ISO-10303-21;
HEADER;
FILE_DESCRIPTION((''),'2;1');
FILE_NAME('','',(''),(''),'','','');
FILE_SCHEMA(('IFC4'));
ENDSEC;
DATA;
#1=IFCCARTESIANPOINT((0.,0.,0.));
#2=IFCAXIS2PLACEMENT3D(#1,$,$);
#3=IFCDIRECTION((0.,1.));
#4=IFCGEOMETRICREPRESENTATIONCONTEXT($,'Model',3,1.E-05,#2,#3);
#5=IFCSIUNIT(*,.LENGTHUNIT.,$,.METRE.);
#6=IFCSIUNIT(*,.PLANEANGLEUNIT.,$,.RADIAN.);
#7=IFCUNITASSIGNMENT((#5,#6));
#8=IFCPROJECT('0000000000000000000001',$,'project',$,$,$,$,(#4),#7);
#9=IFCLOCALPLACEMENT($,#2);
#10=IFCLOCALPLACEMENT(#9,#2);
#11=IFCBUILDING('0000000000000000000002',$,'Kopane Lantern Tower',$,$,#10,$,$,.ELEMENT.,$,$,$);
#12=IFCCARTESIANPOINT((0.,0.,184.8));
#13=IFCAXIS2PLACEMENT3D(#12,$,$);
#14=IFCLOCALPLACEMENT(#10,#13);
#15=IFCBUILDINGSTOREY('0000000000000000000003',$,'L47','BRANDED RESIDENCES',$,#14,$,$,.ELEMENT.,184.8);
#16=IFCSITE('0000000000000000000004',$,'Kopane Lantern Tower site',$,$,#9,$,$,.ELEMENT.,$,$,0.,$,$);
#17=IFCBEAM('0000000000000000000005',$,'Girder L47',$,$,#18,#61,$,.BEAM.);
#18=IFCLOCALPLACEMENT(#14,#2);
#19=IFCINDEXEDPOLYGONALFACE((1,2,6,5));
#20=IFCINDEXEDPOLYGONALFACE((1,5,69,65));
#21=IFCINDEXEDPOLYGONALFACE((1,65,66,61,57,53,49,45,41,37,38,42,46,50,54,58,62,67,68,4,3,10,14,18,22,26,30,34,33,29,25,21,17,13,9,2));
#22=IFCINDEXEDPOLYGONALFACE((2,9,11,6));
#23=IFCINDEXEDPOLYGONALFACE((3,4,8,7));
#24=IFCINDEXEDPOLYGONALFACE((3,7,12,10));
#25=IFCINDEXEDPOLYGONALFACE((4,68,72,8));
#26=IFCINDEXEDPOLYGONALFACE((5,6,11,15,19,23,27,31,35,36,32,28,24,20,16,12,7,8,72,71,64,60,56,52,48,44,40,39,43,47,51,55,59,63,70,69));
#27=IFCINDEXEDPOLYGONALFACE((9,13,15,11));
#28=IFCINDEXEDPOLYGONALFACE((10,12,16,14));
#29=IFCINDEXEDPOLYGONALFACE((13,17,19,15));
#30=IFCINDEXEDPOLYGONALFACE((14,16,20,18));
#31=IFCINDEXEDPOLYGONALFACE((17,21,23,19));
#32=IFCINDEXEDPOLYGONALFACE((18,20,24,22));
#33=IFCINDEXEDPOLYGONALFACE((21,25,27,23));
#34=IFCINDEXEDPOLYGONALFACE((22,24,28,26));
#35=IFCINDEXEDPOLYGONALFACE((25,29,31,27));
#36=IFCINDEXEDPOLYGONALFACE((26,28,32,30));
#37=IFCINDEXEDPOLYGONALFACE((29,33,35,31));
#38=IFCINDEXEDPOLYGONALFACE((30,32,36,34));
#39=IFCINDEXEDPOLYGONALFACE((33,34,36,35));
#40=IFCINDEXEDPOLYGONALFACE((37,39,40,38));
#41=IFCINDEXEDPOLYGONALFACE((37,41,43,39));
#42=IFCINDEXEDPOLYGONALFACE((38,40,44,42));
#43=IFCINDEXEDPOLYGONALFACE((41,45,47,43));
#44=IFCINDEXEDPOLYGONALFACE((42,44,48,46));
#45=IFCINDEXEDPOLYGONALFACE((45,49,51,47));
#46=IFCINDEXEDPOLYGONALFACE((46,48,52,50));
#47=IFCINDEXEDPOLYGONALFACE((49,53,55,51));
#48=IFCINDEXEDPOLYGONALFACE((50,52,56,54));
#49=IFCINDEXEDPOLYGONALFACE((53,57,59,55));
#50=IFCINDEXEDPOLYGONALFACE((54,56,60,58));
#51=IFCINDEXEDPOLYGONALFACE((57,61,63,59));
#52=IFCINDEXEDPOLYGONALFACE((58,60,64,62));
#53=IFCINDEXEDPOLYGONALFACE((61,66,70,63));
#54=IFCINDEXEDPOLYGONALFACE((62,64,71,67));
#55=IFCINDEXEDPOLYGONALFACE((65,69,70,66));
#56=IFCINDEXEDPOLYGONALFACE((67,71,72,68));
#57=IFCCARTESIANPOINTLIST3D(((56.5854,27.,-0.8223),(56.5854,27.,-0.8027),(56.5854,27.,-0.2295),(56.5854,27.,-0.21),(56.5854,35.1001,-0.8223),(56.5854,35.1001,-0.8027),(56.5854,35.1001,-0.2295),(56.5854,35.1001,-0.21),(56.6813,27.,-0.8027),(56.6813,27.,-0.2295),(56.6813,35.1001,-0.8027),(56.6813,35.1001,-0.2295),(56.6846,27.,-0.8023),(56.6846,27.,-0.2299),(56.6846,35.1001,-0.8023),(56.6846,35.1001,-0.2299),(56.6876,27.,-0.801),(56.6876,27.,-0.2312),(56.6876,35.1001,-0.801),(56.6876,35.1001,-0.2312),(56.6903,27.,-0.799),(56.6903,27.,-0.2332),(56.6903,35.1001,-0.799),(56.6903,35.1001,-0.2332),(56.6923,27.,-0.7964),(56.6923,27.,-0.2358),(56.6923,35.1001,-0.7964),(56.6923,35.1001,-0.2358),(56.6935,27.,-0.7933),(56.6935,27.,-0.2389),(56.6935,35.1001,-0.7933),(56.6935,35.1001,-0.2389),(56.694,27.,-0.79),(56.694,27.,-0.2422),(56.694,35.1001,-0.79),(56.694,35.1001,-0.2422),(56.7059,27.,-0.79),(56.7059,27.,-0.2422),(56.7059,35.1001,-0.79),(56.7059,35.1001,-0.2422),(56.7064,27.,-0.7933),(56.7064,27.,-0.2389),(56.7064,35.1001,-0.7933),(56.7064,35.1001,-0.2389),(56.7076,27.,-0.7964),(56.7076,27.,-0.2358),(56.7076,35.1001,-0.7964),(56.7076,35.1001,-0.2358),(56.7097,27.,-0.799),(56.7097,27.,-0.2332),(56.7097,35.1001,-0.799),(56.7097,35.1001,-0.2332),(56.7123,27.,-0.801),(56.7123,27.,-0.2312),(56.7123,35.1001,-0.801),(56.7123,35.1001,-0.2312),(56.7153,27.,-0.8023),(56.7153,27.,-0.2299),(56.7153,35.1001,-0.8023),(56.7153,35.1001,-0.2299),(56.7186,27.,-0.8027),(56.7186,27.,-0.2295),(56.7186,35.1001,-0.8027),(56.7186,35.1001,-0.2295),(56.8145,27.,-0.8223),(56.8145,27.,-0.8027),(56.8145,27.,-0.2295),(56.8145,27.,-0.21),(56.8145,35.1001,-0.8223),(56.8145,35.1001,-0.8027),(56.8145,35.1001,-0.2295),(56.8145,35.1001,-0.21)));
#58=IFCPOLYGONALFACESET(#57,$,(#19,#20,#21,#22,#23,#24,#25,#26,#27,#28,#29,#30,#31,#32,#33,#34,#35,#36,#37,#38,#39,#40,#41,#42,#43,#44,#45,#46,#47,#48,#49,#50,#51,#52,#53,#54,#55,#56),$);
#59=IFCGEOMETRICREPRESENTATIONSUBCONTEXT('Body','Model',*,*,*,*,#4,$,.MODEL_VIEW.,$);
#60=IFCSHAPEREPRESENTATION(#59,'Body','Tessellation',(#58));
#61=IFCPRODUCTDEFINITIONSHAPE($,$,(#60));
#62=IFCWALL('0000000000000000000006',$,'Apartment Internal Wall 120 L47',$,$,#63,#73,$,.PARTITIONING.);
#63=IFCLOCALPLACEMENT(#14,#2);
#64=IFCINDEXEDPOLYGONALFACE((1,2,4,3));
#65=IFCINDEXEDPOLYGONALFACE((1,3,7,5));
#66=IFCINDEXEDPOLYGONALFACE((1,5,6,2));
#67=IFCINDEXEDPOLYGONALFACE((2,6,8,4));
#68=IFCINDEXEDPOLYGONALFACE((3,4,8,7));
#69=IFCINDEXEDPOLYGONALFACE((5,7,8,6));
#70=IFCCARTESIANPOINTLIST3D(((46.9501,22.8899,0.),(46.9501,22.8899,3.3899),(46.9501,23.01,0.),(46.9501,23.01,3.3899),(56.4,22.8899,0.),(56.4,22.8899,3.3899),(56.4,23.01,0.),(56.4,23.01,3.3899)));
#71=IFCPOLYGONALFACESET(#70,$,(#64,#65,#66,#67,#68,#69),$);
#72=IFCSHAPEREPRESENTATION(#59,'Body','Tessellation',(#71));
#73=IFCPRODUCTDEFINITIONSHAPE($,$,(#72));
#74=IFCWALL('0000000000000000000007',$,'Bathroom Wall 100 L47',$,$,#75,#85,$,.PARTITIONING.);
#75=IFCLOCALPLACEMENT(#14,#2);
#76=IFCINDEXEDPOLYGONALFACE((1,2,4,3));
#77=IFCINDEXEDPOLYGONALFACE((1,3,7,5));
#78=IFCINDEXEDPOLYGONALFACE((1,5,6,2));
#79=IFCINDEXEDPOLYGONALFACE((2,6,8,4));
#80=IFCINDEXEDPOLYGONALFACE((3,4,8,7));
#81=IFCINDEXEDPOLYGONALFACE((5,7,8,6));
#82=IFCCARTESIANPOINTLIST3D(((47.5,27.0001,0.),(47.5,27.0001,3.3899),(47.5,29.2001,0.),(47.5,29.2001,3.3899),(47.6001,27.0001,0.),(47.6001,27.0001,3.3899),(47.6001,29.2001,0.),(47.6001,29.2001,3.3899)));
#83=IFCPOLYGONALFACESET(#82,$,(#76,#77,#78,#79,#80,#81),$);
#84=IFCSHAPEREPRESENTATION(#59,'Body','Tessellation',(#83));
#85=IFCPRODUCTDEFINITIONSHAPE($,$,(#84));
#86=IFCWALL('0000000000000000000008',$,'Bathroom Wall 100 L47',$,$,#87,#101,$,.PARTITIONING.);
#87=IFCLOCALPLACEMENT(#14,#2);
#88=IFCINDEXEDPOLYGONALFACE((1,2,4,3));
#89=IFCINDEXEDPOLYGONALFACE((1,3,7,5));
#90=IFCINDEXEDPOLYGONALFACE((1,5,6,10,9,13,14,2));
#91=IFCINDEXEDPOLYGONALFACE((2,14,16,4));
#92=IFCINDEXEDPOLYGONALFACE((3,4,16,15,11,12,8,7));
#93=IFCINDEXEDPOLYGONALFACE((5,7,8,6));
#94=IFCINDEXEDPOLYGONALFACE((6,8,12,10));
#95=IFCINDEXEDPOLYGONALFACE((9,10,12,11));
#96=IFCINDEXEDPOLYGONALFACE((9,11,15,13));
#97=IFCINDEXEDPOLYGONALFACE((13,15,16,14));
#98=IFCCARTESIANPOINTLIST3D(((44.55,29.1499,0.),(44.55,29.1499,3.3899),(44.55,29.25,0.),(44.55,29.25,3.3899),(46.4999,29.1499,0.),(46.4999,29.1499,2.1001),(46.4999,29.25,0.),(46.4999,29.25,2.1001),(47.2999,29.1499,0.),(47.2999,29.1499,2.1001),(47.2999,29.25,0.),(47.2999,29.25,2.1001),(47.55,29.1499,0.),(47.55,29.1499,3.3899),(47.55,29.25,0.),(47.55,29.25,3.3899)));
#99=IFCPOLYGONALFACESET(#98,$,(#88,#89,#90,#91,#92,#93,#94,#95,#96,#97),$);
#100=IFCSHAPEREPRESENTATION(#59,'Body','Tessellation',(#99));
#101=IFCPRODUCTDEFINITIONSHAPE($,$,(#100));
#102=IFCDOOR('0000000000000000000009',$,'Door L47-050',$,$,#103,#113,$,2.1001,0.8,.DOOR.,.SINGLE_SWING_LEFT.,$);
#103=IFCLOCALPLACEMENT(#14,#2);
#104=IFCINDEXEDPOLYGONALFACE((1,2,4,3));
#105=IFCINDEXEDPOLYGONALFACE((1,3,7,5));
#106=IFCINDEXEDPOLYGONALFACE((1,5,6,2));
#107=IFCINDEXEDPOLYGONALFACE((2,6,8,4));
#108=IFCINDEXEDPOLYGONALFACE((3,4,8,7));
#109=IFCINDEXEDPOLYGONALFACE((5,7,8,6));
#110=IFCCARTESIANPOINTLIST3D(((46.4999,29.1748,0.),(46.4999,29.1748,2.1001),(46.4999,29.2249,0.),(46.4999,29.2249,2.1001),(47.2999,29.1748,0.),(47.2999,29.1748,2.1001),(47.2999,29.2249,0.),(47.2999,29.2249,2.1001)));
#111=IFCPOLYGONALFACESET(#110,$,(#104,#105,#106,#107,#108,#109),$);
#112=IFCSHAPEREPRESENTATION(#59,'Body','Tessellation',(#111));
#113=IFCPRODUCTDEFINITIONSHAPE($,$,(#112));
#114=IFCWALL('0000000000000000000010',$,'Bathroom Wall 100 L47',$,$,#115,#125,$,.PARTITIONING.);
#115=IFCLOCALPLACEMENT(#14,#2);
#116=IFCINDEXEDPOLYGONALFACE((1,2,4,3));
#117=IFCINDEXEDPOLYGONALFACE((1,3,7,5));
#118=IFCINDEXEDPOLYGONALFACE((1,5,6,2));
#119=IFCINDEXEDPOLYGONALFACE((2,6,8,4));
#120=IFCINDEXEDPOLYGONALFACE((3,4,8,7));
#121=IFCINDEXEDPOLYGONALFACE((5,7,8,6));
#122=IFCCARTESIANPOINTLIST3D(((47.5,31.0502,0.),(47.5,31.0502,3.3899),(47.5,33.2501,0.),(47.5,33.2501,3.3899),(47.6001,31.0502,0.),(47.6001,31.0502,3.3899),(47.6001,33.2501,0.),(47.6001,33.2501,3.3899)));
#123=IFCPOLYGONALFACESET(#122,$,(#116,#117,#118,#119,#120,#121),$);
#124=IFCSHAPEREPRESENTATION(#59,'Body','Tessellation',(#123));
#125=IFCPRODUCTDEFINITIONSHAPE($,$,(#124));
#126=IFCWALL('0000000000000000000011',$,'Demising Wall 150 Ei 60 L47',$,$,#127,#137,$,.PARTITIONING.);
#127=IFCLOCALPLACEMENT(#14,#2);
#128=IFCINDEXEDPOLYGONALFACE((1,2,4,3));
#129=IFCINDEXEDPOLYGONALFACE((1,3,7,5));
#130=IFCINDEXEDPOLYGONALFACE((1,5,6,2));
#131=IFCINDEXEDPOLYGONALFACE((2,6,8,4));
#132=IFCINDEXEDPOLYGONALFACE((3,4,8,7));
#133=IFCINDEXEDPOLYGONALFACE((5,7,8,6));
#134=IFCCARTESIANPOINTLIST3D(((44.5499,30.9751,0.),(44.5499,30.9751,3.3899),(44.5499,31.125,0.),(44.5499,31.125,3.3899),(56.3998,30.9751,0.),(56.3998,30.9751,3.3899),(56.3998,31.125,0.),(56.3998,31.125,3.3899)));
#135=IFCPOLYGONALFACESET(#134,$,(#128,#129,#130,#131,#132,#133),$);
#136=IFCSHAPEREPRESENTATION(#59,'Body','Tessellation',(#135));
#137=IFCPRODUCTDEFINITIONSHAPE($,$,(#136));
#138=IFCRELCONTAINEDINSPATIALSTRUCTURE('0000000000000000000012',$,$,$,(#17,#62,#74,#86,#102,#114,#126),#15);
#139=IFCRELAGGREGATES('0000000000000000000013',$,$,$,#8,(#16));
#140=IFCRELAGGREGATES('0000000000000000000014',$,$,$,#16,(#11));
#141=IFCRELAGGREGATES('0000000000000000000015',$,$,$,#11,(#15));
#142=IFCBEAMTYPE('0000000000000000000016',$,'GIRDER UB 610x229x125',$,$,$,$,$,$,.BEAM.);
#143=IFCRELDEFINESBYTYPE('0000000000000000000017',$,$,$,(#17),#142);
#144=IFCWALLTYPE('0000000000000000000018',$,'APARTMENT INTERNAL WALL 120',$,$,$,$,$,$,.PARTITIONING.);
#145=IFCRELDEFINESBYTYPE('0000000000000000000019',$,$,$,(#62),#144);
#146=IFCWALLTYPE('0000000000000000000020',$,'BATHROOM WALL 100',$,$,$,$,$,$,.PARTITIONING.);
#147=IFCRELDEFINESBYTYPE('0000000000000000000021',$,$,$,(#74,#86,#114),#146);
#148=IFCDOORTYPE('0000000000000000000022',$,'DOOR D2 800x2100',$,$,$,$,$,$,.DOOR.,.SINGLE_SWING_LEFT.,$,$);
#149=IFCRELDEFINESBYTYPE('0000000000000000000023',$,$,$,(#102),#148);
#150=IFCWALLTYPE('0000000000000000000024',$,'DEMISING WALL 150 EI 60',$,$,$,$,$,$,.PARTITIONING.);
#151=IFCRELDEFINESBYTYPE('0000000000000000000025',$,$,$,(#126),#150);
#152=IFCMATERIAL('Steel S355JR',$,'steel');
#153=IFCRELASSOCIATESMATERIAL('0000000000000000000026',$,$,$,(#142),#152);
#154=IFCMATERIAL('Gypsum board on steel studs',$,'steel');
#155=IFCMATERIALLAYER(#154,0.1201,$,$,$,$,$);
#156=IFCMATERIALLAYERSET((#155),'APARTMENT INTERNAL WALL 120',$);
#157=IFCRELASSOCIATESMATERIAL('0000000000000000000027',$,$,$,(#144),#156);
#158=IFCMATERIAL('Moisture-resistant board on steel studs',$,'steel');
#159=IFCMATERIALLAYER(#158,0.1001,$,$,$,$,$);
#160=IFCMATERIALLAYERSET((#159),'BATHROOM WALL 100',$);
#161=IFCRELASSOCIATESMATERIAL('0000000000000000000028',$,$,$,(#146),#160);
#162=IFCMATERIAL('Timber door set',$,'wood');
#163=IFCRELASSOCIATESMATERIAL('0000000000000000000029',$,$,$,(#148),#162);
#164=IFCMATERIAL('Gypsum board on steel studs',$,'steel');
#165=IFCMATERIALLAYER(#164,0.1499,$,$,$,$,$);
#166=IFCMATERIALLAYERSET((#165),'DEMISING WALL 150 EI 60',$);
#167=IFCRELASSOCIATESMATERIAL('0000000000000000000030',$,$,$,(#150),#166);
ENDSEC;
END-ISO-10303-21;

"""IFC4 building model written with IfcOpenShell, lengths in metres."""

from ifc_helpers import new_model, si_unit, direction, frame, frame_2d, origin, origin_2d, place, context, subcontext, project, spatial, rectangle, i_section, extrude, material, layer, layer_set, material_profile, profile_set, type_object, element, fill, save


model = new_model("IFC4")

# Units and contexts
model_context = context("Model", 3, precision=1e-05, world=origin(), true_north=direction((0.0, 1.0)))
body_context = subcontext(model_context, "Body", "Model", "MODEL_VIEW")
ifc_project = project(units=[si_unit("LENGTHUNIT", "METRE"), si_unit("PLANEANGLEUNIT", "RADIAN")], contexts=[model_context])

# Site, building, storey
site_placement = place(None, origin())
site = spatial("IfcSite", under=ifc_project, at=site_placement, Name="Kopane Lantern Tower site", CompositionType="ELEMENT", RefElevation=0.0)
building_placement = place(site_placement, origin())
building = spatial("IfcBuilding", under=site, at=building_placement, Name="Kopane Lantern Tower", CompositionType="ELEMENT")
storey_placement = place(building_placement, frame((0.0, 0.0, 184.8)))
storey = spatial("IfcBuildingStorey", under=building, at=storey_placement, Name="L47", Description="BRANDED RESIDENCES", CompositionType="ELEMENT", Elevation=184.8)

# Beam
ifc_material_1 = material(Name="Steel S355JR", Category="steel")
ifc_material_profile_1 = material_profile(ifc_material_1, i_section(OverallWidth=0.229, OverallDepth=0.6123, WebThickness=0.012, FlangeThickness=0.0195, FilletRadius=0.0127, at=origin_2d()), Name="UB 610x229x125")
ifc_profile_set_1 = profile_set([ifc_material_profile_1], Name="Steel S355JR")
beam_type = type_object("IfcBeamType", Name="GIRDER UB 610x229x125", PredefinedType="BEAM", material=ifc_profile_set_1)
beam_1_placement = place(storey_placement, frame((56.7, 27.0, -0.5161), z_axis=(0.0, 1.0, 0.0), x_axis=(-1.0, 0.0, 0.0)))
element("IfcBeam", 1, at=beam_1_placement, inside=storey, type_object=beam_type, Name="Girder L47", PredefinedType="BEAM", context=body_context, shape_type="SweptSolid", body=[
    extrude(i_section(OverallWidth=0.229, OverallDepth=0.6123, WebThickness=0.012, FlangeThickness=0.0195, FilletRadius=0.0127, at=origin_2d()), origin(), (0.0, 0.0, 1.0), 8.1001),
])

# Walls
ifc_material_2 = material(Name="Gypsum board on steel studs", Category="steel")
ifc_layer_1 = layer(ifc_material_2, 0.1201)
ifc_layer_set_1 = layer_set([ifc_layer_1], Name="APARTMENT INTERNAL WALL 120")
wall_type_1 = type_object("IfcWallType", Name="APARTMENT INTERNAL WALL 120", PredefinedType="PARTITIONING", material=ifc_layer_set_1)
wall_1_placement = place(storey_placement, frame((46.95, 22.95, 0.0), z_axis=(0.0, 0.0, 1.0), x_axis=(1.0, 0.0, 0.0)))
element("IfcWall", 2, at=wall_1_placement, inside=storey, type_object=wall_type_1, Name="Apartment Internal Wall 120 L47", PredefinedType="PARTITIONING", context=body_context, shape_type="SweptSolid", body=[
    extrude(rectangle(XDim=9.45, YDim=0.1201, at=frame_2d((4.7251, 0.0))), origin(), (0.0, 0.0, 1.0), 3.3899),
])
ifc_material_3 = material(Name="Moisture-resistant board on steel studs", Category="steel")
ifc_layer_2 = layer(ifc_material_3, 0.1001)
ifc_layer_set_2 = layer_set([ifc_layer_2], Name="BATHROOM WALL 100")
wall_type_2 = type_object("IfcWallType", Name="BATHROOM WALL 100", PredefinedType="PARTITIONING", material=ifc_layer_set_2)
wall_2_placement = place(storey_placement, frame((47.55, 27.0, 0.0), z_axis=(0.0, 0.0, 1.0), x_axis=(0.0, 1.0, 0.0)))
element("IfcWall", 3, at=wall_2_placement, inside=storey, type_object=wall_type_2, Name="Bathroom Wall 100 L47", PredefinedType="PARTITIONING", context=body_context, shape_type="SweptSolid", body=[
    extrude(rectangle(XDim=2.2, YDim=0.1001, at=frame_2d((1.1001, 0.0))), origin(), (0.0, 0.0, 1.0), 3.3899),
])

# Wall, opening, door
wall_3_placement = place(storey_placement, frame((44.55, 29.2, 0.0), z_axis=(0.0, 0.0, 1.0), x_axis=(1.0, 0.0, 0.0)))
wall_3 = element("IfcWall", 4, at=wall_3_placement, inside=storey, type_object=wall_type_2, Name="Bathroom Wall 100 L47", PredefinedType="PARTITIONING", context=body_context, shape_type="SweptSolid", body=[
    extrude(rectangle(XDim=3.0, YDim=0.1001, at=frame_2d((1.5, 0.0))), origin(), (0.0, 0.0, 1.0), 3.3899),
])
opening_1_placement = place(wall_3_placement, frame((1.95, 0.0, 0.0)))
opening_1 = element("IfcOpeningElement", 5, at=opening_1_placement, cuts=wall_3, PredefinedType="OPENING", context=body_context, shape_type="SweptSolid", body=[
    extrude(rectangle(XDim=0.8, YDim=2.1001, at=frame_2d((0.3999, 1.05))), frame((0.0, 0.0601, 0.0), z_axis=(0.0, -1.0, 0.0), x_axis=(1.0, 0.0, 0.0)), (0.0, 0.0, 1.0), 0.1201),
])
ifc_material_4 = material(Name="Timber door set", Category="wood")
door_type = type_object("IfcDoorType", Name="DOOR D2 800x2100", OperationType="SINGLE_SWING_LEFT", PredefinedType="DOOR", material=ifc_material_4)
door_placement = place(opening_1_placement, origin())
door = element("IfcDoor", 6, at=door_placement, inside=storey, type_object=door_type, Name="Door L47-050", OperationType="SINGLE_SWING_LEFT", OverallHeight=2.1001, OverallWidth=0.8, PredefinedType="DOOR", context=body_context, shape_type="SweptSolid", body=[
    extrude(rectangle(XDim=0.8, YDim=2.1001, at=frame_2d((0.3999, 1.05))), frame((0.0, 0.0249, 0.0), z_axis=(0.0, -1.0, 0.0), x_axis=(1.0, 0.0, 0.0)), (0.0, 0.0, 1.0), 0.05),
])
fill(opening_1, door)

# Walls
wall_4_placement = place(storey_placement, frame((47.55, 31.05, 0.0), z_axis=(0.0, 0.0, 1.0), x_axis=(0.0, 1.0, 0.0)))
element("IfcWall", 7, at=wall_4_placement, inside=storey, type_object=wall_type_2, Name="Bathroom Wall 100 L47", PredefinedType="PARTITIONING", context=body_context, shape_type="SweptSolid", body=[
    extrude(rectangle(XDim=2.2, YDim=0.1001, at=frame_2d((1.1001, 0.0))), origin(), (0.0, 0.0, 1.0), 3.3899),
])
ifc_material_5 = material(Name="Gypsum board on steel studs", Category="steel")
ifc_layer_3 = layer(ifc_material_5, 0.1499)
ifc_layer_set_3 = layer_set([ifc_layer_3], Name="DEMISING WALL 150 EI 60")
wall_type_3 = type_object("IfcWallType", Name="DEMISING WALL 150 EI 60", PredefinedType="PARTITIONING", material=ifc_layer_set_3)
wall_5_placement = place(storey_placement, frame((44.55, 31.05, 0.0), z_axis=(0.0, 0.0, 1.0), x_axis=(1.0, 0.0, 0.0)))
element("IfcWall", 8, at=wall_5_placement, inside=storey, type_object=wall_type_3, Name="Demising Wall 150 Ei 60 L47", PredefinedType="PARTITIONING", context=body_context, shape_type="SweptSolid", body=[
    extrude(rectangle(XDim=11.8499, YDim=0.1499, at=frame_2d((5.9248, 0.0))), origin(), (0.0, 0.0, 1.0), 3.3899),
])

save(model, "model.ifc")
